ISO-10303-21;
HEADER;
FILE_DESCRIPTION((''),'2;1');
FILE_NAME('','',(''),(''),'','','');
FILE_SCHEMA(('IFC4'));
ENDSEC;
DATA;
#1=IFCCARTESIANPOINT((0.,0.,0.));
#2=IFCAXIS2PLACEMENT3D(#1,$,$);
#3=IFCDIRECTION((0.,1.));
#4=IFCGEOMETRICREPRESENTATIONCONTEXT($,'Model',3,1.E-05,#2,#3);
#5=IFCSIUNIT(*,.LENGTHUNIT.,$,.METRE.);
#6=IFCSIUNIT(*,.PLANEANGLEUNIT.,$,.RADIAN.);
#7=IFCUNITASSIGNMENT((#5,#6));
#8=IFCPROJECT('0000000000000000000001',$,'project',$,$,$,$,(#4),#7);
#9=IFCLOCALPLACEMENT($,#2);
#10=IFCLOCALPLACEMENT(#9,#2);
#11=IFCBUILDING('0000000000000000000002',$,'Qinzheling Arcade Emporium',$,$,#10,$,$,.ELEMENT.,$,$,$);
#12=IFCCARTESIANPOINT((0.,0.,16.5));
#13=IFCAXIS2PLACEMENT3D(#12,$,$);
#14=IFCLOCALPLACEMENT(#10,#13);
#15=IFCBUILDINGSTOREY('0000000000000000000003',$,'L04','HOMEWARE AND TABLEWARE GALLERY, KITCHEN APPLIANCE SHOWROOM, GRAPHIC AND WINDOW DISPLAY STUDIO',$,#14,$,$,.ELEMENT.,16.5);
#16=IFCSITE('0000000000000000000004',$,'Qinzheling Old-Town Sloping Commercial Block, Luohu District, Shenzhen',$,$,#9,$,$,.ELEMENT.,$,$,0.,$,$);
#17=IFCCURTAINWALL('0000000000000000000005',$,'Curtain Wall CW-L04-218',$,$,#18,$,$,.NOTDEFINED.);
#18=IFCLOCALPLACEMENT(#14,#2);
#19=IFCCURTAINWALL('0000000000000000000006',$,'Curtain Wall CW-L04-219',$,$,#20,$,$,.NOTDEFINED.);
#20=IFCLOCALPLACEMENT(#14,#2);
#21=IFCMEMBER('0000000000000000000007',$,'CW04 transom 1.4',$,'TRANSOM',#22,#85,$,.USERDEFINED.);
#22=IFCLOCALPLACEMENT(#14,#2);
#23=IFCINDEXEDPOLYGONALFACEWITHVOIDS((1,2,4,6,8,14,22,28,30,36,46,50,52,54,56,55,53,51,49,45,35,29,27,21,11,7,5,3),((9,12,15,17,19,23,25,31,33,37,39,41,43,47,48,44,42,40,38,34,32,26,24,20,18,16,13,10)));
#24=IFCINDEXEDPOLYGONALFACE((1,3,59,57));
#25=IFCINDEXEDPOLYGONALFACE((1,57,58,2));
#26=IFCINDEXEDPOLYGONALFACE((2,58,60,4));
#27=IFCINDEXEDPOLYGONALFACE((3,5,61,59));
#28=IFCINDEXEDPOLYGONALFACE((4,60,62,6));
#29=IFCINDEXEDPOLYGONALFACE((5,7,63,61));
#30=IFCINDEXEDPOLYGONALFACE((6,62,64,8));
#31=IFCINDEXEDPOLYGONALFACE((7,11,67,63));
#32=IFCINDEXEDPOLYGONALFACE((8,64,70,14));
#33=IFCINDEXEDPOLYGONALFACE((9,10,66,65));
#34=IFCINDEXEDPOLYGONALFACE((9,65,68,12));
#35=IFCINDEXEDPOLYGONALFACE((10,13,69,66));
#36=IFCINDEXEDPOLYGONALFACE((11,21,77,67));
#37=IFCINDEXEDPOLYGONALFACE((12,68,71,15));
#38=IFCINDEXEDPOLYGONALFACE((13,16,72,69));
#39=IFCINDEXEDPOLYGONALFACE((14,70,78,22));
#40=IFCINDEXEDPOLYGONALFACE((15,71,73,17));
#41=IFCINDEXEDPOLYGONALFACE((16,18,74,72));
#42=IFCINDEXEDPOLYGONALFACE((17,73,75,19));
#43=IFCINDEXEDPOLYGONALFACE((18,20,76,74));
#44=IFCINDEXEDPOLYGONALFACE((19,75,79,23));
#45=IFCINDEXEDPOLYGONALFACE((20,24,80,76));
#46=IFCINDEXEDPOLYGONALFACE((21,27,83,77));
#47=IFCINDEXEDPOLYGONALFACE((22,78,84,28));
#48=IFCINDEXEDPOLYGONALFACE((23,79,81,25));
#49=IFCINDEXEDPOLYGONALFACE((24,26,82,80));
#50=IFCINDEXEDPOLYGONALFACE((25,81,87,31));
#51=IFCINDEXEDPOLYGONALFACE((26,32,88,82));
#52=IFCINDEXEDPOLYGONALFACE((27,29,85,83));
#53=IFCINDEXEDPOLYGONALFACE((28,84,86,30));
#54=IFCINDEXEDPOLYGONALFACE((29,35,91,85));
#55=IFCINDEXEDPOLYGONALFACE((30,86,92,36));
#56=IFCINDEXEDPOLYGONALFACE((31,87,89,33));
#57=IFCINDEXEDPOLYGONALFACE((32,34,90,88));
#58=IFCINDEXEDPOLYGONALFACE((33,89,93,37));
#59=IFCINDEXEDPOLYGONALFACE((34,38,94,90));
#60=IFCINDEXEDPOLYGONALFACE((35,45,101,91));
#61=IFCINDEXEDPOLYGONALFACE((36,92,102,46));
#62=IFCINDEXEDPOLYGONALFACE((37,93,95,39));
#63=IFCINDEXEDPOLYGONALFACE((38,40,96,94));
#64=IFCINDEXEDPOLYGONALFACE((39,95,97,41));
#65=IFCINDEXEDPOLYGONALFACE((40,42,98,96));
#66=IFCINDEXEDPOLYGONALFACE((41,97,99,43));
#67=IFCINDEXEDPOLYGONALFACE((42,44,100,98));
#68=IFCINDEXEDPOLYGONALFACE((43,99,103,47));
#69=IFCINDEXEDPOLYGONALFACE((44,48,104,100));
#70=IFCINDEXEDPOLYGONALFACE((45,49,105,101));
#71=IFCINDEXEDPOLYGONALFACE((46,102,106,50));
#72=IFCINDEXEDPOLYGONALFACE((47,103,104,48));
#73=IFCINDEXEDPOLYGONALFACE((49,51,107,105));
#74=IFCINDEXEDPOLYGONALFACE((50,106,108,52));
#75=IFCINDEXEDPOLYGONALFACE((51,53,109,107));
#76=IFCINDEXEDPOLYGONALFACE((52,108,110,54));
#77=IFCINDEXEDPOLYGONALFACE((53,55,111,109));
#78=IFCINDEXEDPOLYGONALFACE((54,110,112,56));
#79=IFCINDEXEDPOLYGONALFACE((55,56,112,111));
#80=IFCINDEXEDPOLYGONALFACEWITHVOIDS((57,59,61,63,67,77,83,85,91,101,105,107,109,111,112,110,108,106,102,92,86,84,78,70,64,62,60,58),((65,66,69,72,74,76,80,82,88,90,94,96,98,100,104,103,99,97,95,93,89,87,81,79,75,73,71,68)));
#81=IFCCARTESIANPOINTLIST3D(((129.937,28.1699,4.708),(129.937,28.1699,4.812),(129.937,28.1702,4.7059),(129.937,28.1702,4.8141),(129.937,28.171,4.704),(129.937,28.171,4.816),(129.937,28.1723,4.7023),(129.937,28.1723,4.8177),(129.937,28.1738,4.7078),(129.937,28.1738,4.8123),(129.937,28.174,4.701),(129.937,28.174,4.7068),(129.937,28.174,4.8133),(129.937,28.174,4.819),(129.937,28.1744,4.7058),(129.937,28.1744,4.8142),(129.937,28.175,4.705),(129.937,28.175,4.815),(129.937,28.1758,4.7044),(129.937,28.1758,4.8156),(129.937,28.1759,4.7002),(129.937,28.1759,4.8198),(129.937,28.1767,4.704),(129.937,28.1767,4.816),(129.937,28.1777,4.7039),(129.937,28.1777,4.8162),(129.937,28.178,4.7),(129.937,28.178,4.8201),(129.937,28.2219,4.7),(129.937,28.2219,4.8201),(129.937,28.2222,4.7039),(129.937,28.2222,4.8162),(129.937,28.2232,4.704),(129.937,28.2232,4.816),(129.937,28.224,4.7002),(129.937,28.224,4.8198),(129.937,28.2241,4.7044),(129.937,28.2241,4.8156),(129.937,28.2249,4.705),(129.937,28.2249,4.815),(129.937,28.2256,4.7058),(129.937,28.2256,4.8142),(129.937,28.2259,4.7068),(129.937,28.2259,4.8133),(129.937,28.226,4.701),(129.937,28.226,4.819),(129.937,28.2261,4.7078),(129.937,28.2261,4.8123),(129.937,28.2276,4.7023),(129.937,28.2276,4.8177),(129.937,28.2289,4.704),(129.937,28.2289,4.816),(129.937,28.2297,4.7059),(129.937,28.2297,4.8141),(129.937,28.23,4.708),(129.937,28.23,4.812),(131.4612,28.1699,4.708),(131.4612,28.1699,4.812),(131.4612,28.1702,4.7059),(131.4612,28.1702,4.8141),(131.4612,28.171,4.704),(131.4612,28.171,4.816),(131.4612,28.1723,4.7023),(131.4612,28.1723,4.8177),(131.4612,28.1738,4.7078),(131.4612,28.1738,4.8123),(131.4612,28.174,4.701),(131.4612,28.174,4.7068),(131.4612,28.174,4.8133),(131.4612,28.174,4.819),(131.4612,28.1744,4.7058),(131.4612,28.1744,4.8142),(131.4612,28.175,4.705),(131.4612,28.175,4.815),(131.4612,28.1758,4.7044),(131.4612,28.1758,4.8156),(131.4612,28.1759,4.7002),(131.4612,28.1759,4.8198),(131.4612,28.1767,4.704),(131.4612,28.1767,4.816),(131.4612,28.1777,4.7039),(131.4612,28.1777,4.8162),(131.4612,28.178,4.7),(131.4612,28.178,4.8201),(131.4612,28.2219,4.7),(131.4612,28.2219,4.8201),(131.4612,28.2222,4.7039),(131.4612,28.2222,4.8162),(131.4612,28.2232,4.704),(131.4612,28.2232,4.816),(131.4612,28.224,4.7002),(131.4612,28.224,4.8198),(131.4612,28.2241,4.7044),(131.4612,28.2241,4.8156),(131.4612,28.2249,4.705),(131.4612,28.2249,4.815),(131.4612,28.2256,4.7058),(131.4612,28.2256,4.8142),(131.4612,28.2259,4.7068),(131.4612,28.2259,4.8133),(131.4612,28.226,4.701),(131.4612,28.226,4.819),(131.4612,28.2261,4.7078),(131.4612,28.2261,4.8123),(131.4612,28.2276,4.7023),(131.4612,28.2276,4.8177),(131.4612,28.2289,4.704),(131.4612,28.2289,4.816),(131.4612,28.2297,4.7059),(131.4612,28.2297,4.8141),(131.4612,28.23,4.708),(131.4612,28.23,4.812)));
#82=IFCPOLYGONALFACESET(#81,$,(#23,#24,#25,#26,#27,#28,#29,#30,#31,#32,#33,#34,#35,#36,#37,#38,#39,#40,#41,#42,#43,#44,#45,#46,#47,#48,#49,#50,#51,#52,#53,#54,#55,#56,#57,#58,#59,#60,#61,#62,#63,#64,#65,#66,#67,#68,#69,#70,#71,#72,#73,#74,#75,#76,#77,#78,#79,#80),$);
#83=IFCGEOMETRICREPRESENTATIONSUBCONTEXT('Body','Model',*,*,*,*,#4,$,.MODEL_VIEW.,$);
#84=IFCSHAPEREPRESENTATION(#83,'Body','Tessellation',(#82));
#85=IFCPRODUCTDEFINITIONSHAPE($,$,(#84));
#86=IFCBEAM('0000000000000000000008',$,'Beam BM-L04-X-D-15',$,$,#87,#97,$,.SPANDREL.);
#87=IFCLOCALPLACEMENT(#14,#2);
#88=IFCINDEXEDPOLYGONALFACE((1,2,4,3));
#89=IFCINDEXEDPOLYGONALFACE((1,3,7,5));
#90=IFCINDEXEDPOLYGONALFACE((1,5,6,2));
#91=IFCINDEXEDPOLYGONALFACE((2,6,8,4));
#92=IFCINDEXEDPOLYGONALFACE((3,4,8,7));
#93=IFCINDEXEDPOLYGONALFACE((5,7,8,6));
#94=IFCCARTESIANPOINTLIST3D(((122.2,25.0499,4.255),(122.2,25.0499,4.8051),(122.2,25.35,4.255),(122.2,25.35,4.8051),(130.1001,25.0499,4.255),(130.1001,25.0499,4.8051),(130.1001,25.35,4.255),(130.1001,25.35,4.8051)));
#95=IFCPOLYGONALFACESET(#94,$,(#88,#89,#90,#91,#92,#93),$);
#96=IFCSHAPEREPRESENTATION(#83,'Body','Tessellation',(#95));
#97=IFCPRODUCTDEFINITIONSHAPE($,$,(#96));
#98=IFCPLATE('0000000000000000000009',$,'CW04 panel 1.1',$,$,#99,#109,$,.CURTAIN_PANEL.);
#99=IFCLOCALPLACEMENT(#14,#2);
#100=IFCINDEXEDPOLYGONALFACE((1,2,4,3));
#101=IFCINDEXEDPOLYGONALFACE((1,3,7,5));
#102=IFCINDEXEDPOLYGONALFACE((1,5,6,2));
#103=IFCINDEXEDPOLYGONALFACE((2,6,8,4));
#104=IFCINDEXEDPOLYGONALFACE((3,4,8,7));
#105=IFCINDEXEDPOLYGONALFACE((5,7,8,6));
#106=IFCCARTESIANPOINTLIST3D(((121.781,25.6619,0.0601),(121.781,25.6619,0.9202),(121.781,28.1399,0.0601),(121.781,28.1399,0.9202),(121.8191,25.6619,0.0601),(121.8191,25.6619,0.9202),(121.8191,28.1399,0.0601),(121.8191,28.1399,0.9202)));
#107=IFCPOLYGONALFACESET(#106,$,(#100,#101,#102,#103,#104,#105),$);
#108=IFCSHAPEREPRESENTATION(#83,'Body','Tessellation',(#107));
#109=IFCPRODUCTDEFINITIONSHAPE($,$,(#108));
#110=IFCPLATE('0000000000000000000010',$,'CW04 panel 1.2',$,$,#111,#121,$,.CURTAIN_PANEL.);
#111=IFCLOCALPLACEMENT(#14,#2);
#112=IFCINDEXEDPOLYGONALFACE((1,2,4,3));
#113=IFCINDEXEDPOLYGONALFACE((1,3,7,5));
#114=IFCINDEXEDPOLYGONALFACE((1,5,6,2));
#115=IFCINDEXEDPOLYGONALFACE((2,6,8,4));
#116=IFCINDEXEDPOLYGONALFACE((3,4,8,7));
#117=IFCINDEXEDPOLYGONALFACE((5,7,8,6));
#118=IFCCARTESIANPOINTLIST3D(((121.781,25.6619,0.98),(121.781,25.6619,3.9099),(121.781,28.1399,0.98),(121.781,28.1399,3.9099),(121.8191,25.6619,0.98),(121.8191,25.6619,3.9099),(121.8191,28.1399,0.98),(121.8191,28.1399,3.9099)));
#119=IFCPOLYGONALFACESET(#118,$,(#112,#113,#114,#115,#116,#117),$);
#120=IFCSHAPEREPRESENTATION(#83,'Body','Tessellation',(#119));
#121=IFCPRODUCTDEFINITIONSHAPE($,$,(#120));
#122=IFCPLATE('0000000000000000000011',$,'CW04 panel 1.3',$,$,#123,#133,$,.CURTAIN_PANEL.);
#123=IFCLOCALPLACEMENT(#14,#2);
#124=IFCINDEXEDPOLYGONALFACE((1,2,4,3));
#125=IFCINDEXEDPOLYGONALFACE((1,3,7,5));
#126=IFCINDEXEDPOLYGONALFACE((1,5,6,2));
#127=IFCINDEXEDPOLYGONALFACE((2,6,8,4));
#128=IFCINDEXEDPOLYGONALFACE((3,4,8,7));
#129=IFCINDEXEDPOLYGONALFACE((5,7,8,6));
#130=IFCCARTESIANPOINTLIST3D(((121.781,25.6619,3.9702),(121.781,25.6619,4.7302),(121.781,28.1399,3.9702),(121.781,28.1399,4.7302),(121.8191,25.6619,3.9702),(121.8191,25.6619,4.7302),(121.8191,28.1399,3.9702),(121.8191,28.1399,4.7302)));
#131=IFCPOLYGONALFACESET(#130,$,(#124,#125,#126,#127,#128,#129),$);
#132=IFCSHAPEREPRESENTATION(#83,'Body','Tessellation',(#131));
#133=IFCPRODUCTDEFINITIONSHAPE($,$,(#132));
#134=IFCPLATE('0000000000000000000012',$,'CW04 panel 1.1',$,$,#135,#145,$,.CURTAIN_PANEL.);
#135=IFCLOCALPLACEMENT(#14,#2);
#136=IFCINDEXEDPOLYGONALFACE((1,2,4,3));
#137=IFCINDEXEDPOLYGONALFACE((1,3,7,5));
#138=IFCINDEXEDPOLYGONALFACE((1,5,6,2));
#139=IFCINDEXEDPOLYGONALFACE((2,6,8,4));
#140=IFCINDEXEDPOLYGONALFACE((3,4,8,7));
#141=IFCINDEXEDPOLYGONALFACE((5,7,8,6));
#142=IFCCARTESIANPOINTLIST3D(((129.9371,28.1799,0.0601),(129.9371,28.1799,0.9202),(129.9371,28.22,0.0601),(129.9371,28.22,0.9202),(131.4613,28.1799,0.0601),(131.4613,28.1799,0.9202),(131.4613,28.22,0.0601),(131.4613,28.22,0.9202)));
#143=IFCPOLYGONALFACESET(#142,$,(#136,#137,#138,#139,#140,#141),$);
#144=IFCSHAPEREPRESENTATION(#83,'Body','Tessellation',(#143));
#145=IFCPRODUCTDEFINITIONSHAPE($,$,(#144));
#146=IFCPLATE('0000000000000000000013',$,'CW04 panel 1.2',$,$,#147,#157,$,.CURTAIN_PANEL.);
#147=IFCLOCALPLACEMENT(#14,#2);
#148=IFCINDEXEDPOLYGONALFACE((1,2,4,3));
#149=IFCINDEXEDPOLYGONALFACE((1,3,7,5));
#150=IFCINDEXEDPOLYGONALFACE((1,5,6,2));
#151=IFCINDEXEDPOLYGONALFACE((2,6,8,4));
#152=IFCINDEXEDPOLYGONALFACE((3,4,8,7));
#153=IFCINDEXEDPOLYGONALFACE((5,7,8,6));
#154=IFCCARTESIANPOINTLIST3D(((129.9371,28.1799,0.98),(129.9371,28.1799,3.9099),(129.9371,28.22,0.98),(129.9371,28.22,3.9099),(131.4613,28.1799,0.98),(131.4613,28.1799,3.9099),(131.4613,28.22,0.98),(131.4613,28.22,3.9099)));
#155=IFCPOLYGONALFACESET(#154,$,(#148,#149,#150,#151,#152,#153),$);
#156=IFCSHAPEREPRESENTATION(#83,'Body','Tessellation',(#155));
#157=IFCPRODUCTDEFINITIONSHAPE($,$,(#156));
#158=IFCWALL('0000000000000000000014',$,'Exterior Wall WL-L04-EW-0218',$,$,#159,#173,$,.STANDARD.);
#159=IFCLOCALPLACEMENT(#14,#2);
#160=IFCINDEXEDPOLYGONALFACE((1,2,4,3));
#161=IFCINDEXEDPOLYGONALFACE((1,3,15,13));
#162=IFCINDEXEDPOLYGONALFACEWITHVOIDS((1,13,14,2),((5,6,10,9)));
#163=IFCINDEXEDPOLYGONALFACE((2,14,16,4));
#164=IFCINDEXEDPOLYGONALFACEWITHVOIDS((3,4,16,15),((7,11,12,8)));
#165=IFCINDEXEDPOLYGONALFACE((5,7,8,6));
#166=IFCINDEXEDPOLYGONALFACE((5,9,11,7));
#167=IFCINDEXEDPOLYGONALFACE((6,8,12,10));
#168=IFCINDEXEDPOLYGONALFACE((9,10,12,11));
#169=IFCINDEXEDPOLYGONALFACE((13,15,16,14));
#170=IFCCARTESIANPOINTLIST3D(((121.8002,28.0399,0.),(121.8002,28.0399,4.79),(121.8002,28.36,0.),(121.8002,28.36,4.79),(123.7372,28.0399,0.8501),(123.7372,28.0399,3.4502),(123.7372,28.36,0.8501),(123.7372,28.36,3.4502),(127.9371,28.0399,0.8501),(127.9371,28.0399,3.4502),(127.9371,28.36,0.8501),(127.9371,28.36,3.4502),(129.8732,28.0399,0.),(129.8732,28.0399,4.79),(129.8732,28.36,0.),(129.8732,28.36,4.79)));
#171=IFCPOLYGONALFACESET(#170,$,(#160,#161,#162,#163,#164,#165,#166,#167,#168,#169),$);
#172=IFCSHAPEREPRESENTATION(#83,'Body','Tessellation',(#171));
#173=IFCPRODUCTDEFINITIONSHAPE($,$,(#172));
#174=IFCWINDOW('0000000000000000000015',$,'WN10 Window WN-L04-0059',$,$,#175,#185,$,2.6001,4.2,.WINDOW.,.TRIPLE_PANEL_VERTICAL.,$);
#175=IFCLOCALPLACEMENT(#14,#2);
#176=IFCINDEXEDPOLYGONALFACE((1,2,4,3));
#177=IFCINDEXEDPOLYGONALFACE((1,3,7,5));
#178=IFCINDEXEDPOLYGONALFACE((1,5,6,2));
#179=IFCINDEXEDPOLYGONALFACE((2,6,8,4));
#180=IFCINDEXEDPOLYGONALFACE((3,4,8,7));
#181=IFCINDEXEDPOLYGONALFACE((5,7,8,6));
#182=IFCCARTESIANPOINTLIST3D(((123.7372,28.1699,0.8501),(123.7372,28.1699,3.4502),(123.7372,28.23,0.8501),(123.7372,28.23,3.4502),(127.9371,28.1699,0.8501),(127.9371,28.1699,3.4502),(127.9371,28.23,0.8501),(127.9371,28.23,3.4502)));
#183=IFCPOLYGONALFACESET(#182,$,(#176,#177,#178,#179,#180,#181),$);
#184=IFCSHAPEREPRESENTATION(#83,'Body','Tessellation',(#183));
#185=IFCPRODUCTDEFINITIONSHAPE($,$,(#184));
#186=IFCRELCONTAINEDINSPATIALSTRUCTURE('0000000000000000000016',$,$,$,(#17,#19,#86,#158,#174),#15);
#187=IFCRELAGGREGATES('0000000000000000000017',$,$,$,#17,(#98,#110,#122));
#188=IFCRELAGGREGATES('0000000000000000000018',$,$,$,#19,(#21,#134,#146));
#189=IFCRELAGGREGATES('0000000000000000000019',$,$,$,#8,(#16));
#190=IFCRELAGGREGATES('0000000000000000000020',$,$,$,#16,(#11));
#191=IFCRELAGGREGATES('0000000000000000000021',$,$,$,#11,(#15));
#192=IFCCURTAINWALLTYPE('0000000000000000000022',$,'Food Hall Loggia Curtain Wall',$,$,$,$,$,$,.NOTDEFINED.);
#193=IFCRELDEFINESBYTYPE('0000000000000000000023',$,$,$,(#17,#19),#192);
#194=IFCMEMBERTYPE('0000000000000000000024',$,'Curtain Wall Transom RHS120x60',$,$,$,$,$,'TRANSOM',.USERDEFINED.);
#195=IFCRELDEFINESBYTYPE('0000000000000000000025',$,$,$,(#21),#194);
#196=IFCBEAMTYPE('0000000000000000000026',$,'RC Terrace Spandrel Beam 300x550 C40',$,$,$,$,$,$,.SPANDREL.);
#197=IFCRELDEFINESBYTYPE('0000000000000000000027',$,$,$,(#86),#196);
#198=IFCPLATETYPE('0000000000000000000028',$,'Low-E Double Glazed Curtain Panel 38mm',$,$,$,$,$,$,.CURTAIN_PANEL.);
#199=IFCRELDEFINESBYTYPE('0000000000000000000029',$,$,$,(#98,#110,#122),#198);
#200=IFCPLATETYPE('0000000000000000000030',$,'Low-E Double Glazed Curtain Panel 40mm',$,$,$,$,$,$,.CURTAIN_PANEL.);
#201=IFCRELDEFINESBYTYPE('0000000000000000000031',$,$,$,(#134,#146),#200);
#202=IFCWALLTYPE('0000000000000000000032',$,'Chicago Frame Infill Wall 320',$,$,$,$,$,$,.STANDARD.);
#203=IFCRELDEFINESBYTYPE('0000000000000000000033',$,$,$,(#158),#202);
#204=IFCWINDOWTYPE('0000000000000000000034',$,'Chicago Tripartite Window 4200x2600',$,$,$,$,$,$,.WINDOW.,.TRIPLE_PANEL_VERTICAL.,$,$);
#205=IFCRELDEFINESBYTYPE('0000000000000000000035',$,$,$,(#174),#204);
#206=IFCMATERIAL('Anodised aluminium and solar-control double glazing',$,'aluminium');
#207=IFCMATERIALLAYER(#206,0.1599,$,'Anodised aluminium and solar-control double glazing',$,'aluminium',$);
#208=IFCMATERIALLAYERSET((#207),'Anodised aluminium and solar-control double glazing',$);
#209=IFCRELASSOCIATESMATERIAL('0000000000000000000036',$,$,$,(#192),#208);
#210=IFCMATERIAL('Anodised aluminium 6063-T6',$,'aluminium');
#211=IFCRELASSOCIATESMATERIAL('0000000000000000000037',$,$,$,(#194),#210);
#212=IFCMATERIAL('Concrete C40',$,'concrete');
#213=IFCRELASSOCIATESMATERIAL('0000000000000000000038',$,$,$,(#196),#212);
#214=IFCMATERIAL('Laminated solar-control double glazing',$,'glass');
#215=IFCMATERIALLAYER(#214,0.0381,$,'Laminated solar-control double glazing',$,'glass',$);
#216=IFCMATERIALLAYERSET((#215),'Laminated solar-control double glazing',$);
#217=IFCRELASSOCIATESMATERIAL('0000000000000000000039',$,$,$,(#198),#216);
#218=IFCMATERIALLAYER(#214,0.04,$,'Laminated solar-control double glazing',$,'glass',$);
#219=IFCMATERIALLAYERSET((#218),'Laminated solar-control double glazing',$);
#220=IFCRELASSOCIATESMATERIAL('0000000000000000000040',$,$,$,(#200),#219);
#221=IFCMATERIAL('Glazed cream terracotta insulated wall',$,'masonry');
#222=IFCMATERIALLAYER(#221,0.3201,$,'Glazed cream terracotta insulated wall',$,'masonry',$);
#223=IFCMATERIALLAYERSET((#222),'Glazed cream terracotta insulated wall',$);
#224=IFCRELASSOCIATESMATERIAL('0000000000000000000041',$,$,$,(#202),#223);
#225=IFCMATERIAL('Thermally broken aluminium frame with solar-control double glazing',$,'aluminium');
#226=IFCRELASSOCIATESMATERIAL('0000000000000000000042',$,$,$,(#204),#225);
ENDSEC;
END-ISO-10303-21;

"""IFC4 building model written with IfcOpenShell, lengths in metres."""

from ifc_helpers import new_model, si_unit, direction, frame, frame_2d, origin, origin_2d, place, context, subcontext, project, spatial, rectangle, hollow_rectangle, extrude, material, layer, layer_set, material_profile, profile_set, type_object, element, fill, aggregate, save


model = new_model("IFC4")

# Units and contexts
model_context = context("Model", 3, precision=1e-05, world=origin(), true_north=direction((0.0, 1.0)))
body_context = subcontext(model_context, "Body", "Model", "MODEL_VIEW")
ifc_project = project(units=[si_unit("LENGTHUNIT", "METRE"), si_unit("PLANEANGLEUNIT", "RADIAN")], contexts=[model_context])

# Site, building, storey
site_placement = place(None, origin())
site = spatial("IfcSite", under=ifc_project, at=site_placement, Name="Qinzheling Old-Town Sloping Commercial Block, Luohu District, Shenzhen", CompositionType="ELEMENT", RefElevation=0.0)
building_placement = place(site_placement, origin())
building = spatial("IfcBuilding", under=site, at=building_placement, Name="Qinzheling Arcade Emporium", CompositionType="ELEMENT")
storey_placement = place(building_placement, frame((0.0, 0.0, 16.5)))
storey = spatial("IfcBuildingStorey", under=building, at=storey_placement, Name="L04", Description="HOMEWARE AND TABLEWARE GALLERY, KITCHEN APPLIANCE SHOWROOM, GRAPHIC AND WINDOW DISPLAY STUDIO", CompositionType="ELEMENT", Elevation=16.5)

# Shared definitions
ifc_material_1 = material(Name="Concrete C40", Category="concrete")

# Curtain wall
ifc_material_2 = material(Name="Anodised aluminium and solar-control double glazing", Category="aluminium")
ifc_layer_1 = layer(ifc_material_2, 0.1599, Name="Anodised aluminium and solar-control double glazing", Category="aluminium")
ifc_layer_set_1 = layer_set([ifc_layer_1], Name="Anodised aluminium and solar-control double glazing")
curtain_wall_type = type_object("IfcCurtainWallType", Name="Food Hall Loggia Curtain Wall", PredefinedType="NOTDEFINED", material=ifc_layer_set_1)
curtain_wall_1_placement = place(storey_placement, origin())
curtain_wall_1 = element("IfcCurtainWall", 1, at=curtain_wall_1_placement, inside=storey, type_object=curtain_wall_type, Name="Curtain Wall CW-L04-218", PredefinedType="NOTDEFINED")
ifc_material_3 = material(Name="Anodised aluminium 6063-T6", Category="aluminium")

# Curtain wall
curtain_wall_2_placement = place(storey_placement, origin())
curtain_wall_2 = element("IfcCurtainWall", 2, at=curtain_wall_2_placement, inside=storey, type_object=curtain_wall_type, Name="Curtain Wall CW-L04-219", PredefinedType="NOTDEFINED")

# Member
ifc_material_profile_1 = material_profile(ifc_material_3, hollow_rectangle(XDim=0.0601, YDim=0.1201, WallThickness=0.0039, InnerFilletRadius=0.0039, OuterFilletRadius=0.0081, at=origin_2d()), Name="RHS 120x60x4", Category="aluminium")
ifc_profile_set_1 = profile_set([ifc_material_profile_1], Name="Anodised aluminium 6063-T6")
member_type_1 = type_object("IfcMemberType", Name="Curtain Wall Transom RHS120x60", ElementType="TRANSOM", PredefinedType="USERDEFINED", material=ifc_profile_set_1)
member_1_placement = place(storey_placement, frame((129.937, 28.2, 4.76), z_axis=(1.0, 0.0, 0.0), x_axis=(0.0, 1.0, 0.0)))
member_1 = element("IfcMember", 3, at=member_1_placement, type_object=member_type_1, Name="CW04 transom 1.4", ObjectType="TRANSOM", PredefinedType="USERDEFINED", context=body_context, shape_type="SweptSolid", body=[
    extrude(hollow_rectangle(XDim=0.0601, YDim=0.1201, WallThickness=0.0039, InnerFilletRadius=0.0039, OuterFilletRadius=0.0081, at=origin_2d()), origin(), (0.0, 0.0, 1.0), 1.5242),
])

# Beam
ifc_material_profile_2 = material_profile(ifc_material_1, rectangle(XDim=0.3, YDim=0.55, at=origin_2d()), Name="RC 300x550", Category="concrete")
ifc_profile_set_2 = profile_set([ifc_material_profile_2], Name="Concrete C40")
beam_type = type_object("IfcBeamType", Name="RC Terrace Spandrel Beam 300x550 C40", PredefinedType="SPANDREL", material=ifc_profile_set_2)
beam_placement = place(storey_placement, frame((122.2, 25.2, 4.53), z_axis=(1.0, 0.0, 0.0), x_axis=(0.0, 1.0, 0.0)))
element("IfcBeam", 4, at=beam_placement, inside=storey, type_object=beam_type, Name="Beam BM-L04-X-D-15", PredefinedType="SPANDREL", context=body_context, shape_type="SweptSolid", body=[
    extrude(rectangle(XDim=0.3, YDim=0.55, at=origin_2d()), origin(), (0.0, 0.0, 1.0), 7.9001),
])

# Plates
ifc_material_4 = material(Name="Laminated solar-control double glazing", Category="glass")
ifc_layer_2 = layer(ifc_material_4, 0.0381, Name="Laminated solar-control double glazing", Category="glass")
ifc_layer_set_2 = layer_set([ifc_layer_2], Name="Laminated solar-control double glazing")
plate_type_1 = type_object("IfcPlateType", Name="Low-E Double Glazed Curtain Panel 38mm", PredefinedType="CURTAIN_PANEL", material=ifc_layer_set_2)
plate_1_placement = place(storey_placement, frame((121.8, 26.9009, 0.0601), z_axis=(0.0, 0.0, 1.0), x_axis=(0.0, 1.0, 0.0)))
plate_1 = element("IfcPlate", 5, at=plate_1_placement, type_object=plate_type_1, Name="CW04 panel 1.1", PredefinedType="CURTAIN_PANEL", context=body_context, shape_type="SweptSolid", body=[
    extrude(rectangle(XDim=2.478, YDim=0.0381, at=origin_2d()), origin(), (0.0, 0.0, 1.0), 0.8601),
])
plate_2_placement = place(storey_placement, frame((121.8, 26.9009, 0.98), z_axis=(0.0, 0.0, 1.0), x_axis=(0.0, 1.0, 0.0)))
plate_2 = element("IfcPlate", 6, at=plate_2_placement, type_object=plate_type_1, Name="CW04 panel 1.2", PredefinedType="CURTAIN_PANEL", context=body_context, shape_type="SweptSolid", body=[
    extrude(rectangle(XDim=2.478, YDim=0.0381, at=origin_2d()), origin(), (0.0, 0.0, 1.0), 2.9299),
])
plate_3_placement = place(storey_placement, frame((121.8, 26.9009, 3.9702), z_axis=(0.0, 0.0, 1.0), x_axis=(0.0, 1.0, 0.0)))
plate_3 = element("IfcPlate", 7, at=plate_3_placement, type_object=plate_type_1, Name="CW04 panel 1.3", PredefinedType="CURTAIN_PANEL", context=body_context, shape_type="SweptSolid", body=[
    extrude(rectangle(XDim=2.478, YDim=0.0381, at=origin_2d()), origin(), (0.0, 0.0, 1.0), 0.76),
])
aggregate(curtain_wall_1, [plate_1, plate_2, plate_3])
ifc_layer_3 = layer(ifc_material_4, 0.04, Name="Laminated solar-control double glazing", Category="glass")
ifc_layer_set_3 = layer_set([ifc_layer_3], Name="Laminated solar-control double glazing")
plate_type_2 = type_object("IfcPlateType", Name="Low-E Double Glazed Curtain Panel 40mm", PredefinedType="CURTAIN_PANEL", material=ifc_layer_set_3)
plate_4_placement = place(storey_placement, frame((130.6992, 28.2, 0.0601), z_axis=(0.0, 0.0, 1.0), x_axis=(1.0, 0.0, 0.0)))
plate_4 = element("IfcPlate", 8, at=plate_4_placement, type_object=plate_type_2, Name="CW04 panel 1.1", PredefinedType="CURTAIN_PANEL", context=body_context, shape_type="SweptSolid", body=[
    extrude(rectangle(XDim=1.5242, YDim=0.04, at=origin_2d()), origin(), (0.0, 0.0, 1.0), 0.8601),
])
plate_5_placement = place(storey_placement, frame((130.6992, 28.2, 0.98), z_axis=(0.0, 0.0, 1.0), x_axis=(1.0, 0.0, 0.0)))
plate_5 = element("IfcPlate", 9, at=plate_5_placement, type_object=plate_type_2, Name="CW04 panel 1.2", PredefinedType="CURTAIN_PANEL", context=body_context, shape_type="SweptSolid", body=[
    extrude(rectangle(XDim=1.5242, YDim=0.04, at=origin_2d()), origin(), (0.0, 0.0, 1.0), 2.9299),
])
aggregate(curtain_wall_2, [member_1, plate_4, plate_5])

# Wall, opening, window
ifc_material_5 = material(Name="Glazed cream terracotta insulated wall", Category="masonry")
ifc_layer_4 = layer(ifc_material_5, 0.3201, Name="Glazed cream terracotta insulated wall", Category="masonry")
ifc_layer_set_4 = layer_set([ifc_layer_4], Name="Glazed cream terracotta insulated wall")
wall_type = type_object("IfcWallType", Name="Chicago Frame Infill Wall 320", PredefinedType="STANDARD", material=ifc_layer_set_4)
wall_placement = place(storey_placement, frame((121.8, 28.2, 0.0), z_axis=(0.0, 0.0, 1.0), x_axis=(1.0, 0.0, 0.0)))
wall = element("IfcWall", 10, at=wall_placement, inside=storey, type_object=wall_type, Name="Exterior Wall WL-L04-EW-0218", PredefinedType="STANDARD", context=body_context, shape_type="SweptSolid", body=[
    extrude(rectangle(XDim=8.073, YDim=0.3201, at=frame_2d((4.0366, 0.0))), origin(), (0.0, 0.0, 1.0), 4.79),
])
opening_placement = place(wall_placement, frame((1.937, 0.0, 0.8501)))
opening = element("IfcOpeningElement", 11, at=opening_placement, cuts=wall, PredefinedType="OPENING", context=body_context, shape_type="SweptSolid", body=[
    extrude(rectangle(XDim=4.2, YDim=2.6001, at=frame_2d((2.1001, 1.3))), frame((0.0, 0.1699, 0.0), z_axis=(0.0, -1.0, 0.0), x_axis=(1.0, 0.0, 0.0)), (0.0, 0.0, 1.0), 0.3401),
])
ifc_material_6 = material(Name="Thermally broken aluminium frame with solar-control double glazing", Category="aluminium")
window_type = type_object("IfcWindowType", Name="Chicago Tripartite Window 4200x2600", PartitioningType="TRIPLE_PANEL_VERTICAL", PredefinedType="WINDOW", material=ifc_material_6)
window_placement = place(opening_placement, origin())
window = element("IfcWindow", 12, at=window_placement, inside=storey, type_object=window_type, Name="WN10 Window WN-L04-0059", OverallHeight=2.6001, OverallWidth=4.2, PartitioningType="TRIPLE_PANEL_VERTICAL", PredefinedType="WINDOW", context=body_context, shape_type="SweptSolid", body=[
    extrude(rectangle(XDim=4.2, YDim=2.6001, at=frame_2d((2.1001, 1.3))), frame((0.0, 0.03, 0.0), z_axis=(0.0, -1.0, 0.0), x_axis=(1.0, 0.0, 0.0)), (0.0, 0.0, 1.0), 0.0601),
])
fill(opening, window)

save(model, "model.ifc")
